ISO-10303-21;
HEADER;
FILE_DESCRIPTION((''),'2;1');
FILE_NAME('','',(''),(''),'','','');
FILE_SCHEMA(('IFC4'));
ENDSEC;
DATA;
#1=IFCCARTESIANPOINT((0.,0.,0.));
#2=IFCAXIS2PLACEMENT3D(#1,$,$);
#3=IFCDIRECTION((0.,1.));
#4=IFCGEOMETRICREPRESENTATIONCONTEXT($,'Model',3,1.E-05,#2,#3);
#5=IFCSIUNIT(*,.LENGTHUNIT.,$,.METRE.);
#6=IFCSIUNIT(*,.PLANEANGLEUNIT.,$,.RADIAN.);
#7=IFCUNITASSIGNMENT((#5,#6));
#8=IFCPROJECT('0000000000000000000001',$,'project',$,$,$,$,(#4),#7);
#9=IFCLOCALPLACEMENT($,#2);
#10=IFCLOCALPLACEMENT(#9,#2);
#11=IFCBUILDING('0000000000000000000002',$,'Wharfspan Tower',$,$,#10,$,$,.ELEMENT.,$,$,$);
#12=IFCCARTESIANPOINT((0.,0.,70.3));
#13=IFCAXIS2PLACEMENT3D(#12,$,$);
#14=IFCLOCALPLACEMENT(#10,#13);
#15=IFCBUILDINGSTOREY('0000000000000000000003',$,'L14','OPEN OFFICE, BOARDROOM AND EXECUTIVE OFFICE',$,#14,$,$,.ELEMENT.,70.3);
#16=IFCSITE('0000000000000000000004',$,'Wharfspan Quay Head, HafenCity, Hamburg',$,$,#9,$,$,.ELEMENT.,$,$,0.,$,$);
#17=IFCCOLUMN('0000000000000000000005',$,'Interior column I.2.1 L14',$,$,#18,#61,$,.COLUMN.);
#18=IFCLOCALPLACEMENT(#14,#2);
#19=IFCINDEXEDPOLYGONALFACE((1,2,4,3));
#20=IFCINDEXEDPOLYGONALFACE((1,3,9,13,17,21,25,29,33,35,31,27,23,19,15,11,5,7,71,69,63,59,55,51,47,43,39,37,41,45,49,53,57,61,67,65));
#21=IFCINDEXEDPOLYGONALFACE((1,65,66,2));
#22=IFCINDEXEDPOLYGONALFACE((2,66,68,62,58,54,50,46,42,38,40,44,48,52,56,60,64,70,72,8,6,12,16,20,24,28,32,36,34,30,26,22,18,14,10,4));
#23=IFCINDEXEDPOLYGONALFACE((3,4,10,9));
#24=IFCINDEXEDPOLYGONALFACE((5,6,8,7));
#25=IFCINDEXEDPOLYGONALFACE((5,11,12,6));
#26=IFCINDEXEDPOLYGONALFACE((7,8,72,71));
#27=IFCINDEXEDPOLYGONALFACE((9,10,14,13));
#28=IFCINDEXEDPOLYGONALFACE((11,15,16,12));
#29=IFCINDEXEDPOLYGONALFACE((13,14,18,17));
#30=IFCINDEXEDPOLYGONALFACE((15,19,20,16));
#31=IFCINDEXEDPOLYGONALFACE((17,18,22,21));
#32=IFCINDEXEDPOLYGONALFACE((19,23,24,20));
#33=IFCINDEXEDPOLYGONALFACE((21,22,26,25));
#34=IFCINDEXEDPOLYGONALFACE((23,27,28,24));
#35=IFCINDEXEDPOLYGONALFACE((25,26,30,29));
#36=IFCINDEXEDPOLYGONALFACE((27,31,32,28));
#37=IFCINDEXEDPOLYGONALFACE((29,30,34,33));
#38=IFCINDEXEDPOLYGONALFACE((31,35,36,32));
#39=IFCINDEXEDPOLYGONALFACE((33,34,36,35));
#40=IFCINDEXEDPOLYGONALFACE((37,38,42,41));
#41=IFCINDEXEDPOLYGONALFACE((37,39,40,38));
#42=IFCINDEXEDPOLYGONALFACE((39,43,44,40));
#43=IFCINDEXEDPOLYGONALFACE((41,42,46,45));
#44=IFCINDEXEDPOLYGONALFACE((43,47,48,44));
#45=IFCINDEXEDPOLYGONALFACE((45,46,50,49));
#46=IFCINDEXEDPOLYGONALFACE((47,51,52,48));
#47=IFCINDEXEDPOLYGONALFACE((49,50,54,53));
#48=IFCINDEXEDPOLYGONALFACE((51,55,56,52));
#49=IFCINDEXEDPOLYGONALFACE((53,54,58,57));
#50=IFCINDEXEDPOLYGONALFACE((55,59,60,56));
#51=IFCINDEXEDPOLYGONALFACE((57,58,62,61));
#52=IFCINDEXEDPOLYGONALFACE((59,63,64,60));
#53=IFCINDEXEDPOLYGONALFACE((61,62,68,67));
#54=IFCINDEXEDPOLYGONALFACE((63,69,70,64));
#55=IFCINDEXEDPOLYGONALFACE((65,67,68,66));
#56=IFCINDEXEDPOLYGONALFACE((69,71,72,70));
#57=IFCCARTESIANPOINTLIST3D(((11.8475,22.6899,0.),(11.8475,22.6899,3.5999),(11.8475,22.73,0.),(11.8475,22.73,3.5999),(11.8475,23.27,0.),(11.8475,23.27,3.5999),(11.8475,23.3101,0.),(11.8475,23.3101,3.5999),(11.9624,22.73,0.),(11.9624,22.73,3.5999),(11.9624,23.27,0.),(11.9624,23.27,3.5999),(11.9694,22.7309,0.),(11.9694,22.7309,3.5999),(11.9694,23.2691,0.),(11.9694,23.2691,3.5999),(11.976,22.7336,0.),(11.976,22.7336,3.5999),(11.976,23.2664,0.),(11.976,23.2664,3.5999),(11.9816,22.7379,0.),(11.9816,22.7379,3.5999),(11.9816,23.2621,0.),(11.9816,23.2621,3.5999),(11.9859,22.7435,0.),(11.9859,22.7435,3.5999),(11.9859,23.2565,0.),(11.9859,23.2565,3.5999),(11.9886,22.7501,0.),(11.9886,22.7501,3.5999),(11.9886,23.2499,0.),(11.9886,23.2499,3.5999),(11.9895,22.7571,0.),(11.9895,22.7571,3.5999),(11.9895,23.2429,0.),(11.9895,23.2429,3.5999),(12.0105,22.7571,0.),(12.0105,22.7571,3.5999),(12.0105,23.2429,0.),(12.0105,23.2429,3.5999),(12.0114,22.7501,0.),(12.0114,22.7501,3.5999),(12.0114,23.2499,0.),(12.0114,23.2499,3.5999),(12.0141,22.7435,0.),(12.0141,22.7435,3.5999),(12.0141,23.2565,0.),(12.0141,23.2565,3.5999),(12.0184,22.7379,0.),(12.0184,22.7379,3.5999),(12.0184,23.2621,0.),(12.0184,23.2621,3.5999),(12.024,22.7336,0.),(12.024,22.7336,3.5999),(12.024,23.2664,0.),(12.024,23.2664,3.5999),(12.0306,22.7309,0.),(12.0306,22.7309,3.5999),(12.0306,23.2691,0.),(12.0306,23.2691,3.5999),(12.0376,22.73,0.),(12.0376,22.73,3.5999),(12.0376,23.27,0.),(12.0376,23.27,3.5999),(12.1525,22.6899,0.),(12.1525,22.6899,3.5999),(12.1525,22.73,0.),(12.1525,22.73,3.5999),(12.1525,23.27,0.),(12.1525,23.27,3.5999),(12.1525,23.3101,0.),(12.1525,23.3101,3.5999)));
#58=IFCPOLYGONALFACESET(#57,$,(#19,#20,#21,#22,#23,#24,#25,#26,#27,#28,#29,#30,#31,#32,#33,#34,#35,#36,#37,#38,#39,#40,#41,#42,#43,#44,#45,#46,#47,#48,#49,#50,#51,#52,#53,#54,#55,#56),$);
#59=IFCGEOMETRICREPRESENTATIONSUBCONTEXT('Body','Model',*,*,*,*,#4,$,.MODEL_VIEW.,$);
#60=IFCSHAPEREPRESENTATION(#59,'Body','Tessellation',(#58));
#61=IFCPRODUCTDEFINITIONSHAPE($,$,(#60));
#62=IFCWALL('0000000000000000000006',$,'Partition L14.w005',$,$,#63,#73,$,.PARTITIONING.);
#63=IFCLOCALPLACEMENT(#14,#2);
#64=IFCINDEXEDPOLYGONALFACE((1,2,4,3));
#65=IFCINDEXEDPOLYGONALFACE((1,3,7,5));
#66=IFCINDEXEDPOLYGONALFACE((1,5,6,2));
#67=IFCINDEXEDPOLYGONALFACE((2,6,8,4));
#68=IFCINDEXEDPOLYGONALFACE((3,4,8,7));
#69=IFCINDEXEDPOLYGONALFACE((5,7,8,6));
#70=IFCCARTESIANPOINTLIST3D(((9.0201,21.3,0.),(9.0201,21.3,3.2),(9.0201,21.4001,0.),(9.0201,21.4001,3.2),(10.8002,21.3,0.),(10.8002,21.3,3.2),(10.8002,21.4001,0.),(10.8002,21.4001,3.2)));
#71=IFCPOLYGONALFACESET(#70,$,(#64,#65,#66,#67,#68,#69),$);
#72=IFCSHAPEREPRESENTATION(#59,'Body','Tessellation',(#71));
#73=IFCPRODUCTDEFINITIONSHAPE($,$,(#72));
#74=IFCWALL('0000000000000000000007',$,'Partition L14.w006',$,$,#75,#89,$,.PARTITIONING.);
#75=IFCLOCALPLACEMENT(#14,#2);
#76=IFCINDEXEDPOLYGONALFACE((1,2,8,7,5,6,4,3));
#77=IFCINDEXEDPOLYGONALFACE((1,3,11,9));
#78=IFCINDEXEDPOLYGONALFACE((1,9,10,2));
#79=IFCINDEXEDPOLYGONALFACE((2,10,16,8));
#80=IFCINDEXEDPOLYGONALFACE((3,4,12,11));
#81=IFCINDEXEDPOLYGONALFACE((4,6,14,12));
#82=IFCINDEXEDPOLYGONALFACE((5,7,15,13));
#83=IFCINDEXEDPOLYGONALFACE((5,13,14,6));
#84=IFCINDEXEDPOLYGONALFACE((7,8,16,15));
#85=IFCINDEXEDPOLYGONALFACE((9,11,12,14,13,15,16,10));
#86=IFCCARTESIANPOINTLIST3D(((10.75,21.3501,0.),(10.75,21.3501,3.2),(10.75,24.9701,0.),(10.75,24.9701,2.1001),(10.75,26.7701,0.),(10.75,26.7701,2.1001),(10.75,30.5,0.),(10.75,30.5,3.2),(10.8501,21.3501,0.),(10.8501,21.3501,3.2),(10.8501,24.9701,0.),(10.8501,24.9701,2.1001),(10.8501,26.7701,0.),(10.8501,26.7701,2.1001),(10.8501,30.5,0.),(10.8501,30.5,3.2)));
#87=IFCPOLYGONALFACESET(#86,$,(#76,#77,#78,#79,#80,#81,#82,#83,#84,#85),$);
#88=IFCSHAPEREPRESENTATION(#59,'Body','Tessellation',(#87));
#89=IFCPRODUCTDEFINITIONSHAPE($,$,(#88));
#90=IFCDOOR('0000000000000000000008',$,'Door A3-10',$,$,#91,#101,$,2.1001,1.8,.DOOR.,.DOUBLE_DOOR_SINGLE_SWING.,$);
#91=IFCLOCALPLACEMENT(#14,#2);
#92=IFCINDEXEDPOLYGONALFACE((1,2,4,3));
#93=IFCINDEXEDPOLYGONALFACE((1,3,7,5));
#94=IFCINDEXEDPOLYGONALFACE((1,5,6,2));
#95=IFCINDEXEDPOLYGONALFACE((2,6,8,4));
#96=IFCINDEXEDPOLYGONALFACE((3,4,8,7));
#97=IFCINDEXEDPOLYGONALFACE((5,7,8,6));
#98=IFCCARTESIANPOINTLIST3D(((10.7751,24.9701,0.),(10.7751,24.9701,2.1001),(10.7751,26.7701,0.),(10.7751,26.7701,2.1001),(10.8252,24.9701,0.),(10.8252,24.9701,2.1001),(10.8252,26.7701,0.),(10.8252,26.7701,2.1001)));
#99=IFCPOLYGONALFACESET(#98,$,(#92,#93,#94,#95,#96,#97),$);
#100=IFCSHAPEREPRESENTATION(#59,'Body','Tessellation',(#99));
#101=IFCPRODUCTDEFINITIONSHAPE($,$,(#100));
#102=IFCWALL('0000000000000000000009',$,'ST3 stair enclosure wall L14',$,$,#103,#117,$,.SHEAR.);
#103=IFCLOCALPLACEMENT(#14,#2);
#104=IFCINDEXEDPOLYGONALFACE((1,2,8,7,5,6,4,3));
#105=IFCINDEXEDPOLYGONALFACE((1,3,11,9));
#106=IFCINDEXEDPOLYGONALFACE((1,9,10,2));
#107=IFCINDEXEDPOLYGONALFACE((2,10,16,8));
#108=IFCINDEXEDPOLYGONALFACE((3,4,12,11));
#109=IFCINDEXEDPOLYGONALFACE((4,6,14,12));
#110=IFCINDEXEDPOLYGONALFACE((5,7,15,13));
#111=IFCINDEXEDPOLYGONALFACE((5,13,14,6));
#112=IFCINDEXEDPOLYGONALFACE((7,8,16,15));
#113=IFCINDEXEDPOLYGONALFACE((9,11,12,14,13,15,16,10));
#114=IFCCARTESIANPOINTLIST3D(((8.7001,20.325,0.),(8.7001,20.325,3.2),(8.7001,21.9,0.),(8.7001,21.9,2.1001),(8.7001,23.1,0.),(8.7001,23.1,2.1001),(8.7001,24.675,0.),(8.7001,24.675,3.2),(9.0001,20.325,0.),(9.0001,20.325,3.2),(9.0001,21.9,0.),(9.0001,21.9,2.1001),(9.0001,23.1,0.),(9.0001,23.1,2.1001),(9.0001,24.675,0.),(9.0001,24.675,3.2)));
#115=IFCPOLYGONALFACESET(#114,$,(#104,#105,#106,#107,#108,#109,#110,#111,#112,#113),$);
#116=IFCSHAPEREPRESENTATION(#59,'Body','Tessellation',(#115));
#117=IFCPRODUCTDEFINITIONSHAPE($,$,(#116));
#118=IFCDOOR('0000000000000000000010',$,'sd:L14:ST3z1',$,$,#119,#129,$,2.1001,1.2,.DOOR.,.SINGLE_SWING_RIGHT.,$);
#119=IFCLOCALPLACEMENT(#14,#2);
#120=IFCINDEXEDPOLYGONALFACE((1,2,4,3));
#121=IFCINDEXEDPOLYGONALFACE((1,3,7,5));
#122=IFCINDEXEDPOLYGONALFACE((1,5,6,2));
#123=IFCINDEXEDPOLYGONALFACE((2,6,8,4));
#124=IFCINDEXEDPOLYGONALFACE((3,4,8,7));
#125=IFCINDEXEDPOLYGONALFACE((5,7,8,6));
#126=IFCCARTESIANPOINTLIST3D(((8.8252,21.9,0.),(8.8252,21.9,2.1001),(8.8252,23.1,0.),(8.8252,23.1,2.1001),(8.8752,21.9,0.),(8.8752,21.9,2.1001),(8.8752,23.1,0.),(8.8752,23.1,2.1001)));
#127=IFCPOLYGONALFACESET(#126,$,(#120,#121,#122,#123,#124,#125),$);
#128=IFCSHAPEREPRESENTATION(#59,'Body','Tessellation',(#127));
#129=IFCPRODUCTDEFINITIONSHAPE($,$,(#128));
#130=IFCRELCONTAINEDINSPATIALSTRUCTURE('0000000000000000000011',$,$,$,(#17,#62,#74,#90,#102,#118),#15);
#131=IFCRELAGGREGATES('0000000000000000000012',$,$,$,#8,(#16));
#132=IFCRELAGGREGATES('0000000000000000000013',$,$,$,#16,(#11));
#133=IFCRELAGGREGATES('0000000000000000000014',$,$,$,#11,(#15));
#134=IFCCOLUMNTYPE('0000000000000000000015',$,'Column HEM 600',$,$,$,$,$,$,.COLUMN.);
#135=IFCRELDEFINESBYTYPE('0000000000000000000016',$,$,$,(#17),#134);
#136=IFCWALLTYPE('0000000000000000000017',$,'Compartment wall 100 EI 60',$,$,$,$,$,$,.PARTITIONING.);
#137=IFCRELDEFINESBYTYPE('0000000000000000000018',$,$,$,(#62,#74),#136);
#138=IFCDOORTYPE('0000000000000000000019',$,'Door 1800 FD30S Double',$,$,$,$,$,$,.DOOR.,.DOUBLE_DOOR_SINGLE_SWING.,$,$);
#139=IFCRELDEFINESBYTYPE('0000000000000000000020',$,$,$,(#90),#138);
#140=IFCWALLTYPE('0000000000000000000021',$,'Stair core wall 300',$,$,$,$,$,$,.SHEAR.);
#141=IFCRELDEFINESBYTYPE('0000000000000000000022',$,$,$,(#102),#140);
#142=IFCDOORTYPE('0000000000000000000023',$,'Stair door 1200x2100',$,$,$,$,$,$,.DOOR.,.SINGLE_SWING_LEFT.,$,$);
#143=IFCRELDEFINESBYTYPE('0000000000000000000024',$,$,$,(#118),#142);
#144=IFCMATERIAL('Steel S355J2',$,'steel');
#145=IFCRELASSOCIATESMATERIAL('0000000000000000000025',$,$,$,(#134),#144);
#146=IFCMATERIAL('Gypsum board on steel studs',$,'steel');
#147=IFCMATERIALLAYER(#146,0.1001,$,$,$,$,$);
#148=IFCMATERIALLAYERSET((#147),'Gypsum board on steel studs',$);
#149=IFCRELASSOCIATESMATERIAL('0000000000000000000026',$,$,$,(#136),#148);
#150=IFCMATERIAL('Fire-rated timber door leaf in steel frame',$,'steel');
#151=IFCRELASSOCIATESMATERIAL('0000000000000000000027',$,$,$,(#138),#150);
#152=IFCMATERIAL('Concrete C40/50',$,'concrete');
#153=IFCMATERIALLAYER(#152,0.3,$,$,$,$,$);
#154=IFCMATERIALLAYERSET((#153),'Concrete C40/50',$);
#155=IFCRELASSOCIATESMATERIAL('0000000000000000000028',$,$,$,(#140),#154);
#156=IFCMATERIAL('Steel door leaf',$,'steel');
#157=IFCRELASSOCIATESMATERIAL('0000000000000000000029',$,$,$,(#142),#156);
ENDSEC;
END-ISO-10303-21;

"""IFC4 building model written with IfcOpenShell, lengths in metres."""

from ifc_helpers import new_model, si_unit, direction, frame, frame_2d, origin, origin_2d, place, context, subcontext, project, spatial, rectangle, i_section, extrude, material, layer, layer_set, material_profile, profile_set, type_object, element, fill, save


model = new_model("IFC4")

# Units and contexts
model_context = context("Model", 3, precision=1e-05, world=origin(), true_north=direction((0.0, 1.0)))
body_context = subcontext(model_context, "Body", "Model", "MODEL_VIEW")
ifc_project = project(units=[si_unit("LENGTHUNIT", "METRE"), si_unit("PLANEANGLEUNIT", "RADIAN")], contexts=[model_context])

# Site, building, storey
site_placement = place(None, origin())
site = spatial("IfcSite", under=ifc_project, at=site_placement, Name="Wharfspan Quay Head, HafenCity, Hamburg", CompositionType="ELEMENT", RefElevation=0.0)
building_placement = place(site_placement, origin())
building = spatial("IfcBuilding", under=site, at=building_placement, Name="Wharfspan Tower", CompositionType="ELEMENT")
storey_placement = place(building_placement, frame((0.0, 0.0, 70.3)))
storey = spatial("IfcBuildingStorey", under=building, at=storey_placement, Name="L14", Description="OPEN OFFICE, BOARDROOM AND EXECUTIVE OFFICE", CompositionType="ELEMENT", Elevation=70.3)

# Column
ifc_material_1 = material(Name="Steel S355J2", Category="steel")
ifc_material_profile = material_profile(ifc_material_1, i_section(OverallWidth=0.3049, OverallDepth=0.6201, WebThickness=0.021, FlangeThickness=0.04, FilletRadius=0.0271, at=origin_2d()))
ifc_profile_set = profile_set([ifc_material_profile], Name="Steel S355J2")
column_type = type_object("IfcColumnType", Name="Column HEM 600", PredefinedType="COLUMN", material=ifc_profile_set)
column_placement = place(storey_placement, frame((12.0, 23.0, 0.0), z_axis=(0.0, 0.0, 1.0), x_axis=(1.0, 0.0, 0.0)))
element("IfcColumn", 1, at=column_placement, inside=storey, type_object=column_type, Name="Interior column I.2.1 L14", PredefinedType="COLUMN", context=body_context, shape_type="SweptSolid", body=[
    extrude(i_section(OverallWidth=0.3049, OverallDepth=0.6201, WebThickness=0.021, FlangeThickness=0.04, FilletRadius=0.0271, at=origin_2d()), origin(), (0.0, 0.0, 1.0), 3.5999),
])

# Wall
ifc_material_2 = material(Name="Gypsum board on steel studs", Category="steel")
ifc_layer_1 = layer(ifc_material_2, 0.1001)
ifc_layer_set_1 = layer_set([ifc_layer_1], Name="Gypsum board on steel studs")
wall_type_1 = type_object("IfcWallType", Name="Compartment wall 100 EI 60", PredefinedType="PARTITIONING", material=ifc_layer_set_1)
wall_1_placement = place(storey_placement, frame((9.02, 21.3501, 0.0), z_axis=(0.0, 0.0, 1.0), x_axis=(1.0, 0.0, 0.0)))
element("IfcWall", 2, at=wall_1_placement, inside=storey, type_object=wall_type_1, Name="Partition L14.w005", PredefinedType="PARTITIONING", context=body_context, shape_type="SweptSolid", body=[
    extrude(rectangle(XDim=1.78, YDim=0.1001, at=frame_2d((0.8901, 0.0))), origin(), (0.0, 0.0, 1.0), 3.2),
])

# Walls, openings, doors
wall_2_placement = place(storey_placement, frame((10.8, 21.3501, 0.0), z_axis=(0.0, 0.0, 1.0), x_axis=(0.0, 1.0, 0.0)))
wall_2 = element("IfcWall", 3, at=wall_2_placement, inside=storey, type_object=wall_type_1, Name="Partition L14.w006", PredefinedType="PARTITIONING", context=body_context, shape_type="SweptSolid", body=[
    extrude(rectangle(XDim=9.1499, YDim=0.1001, at=frame_2d((4.575, 0.0))), origin(), (0.0, 0.0, 1.0), 3.2),
])
opening_1_placement = place(wall_2_placement, frame((3.6201, 0.0, 0.0)))
opening_1 = element("IfcOpeningElement", 4, at=opening_1_placement, cuts=wall_2, PredefinedType="OPENING", context=body_context, shape_type="SweptSolid", body=[
    extrude(rectangle(XDim=1.8, YDim=2.1001, at=frame_2d((0.8999, 1.05))), frame((0.0, 0.0601, 0.0), z_axis=(0.0, -1.0, 0.0), x_axis=(1.0, 0.0, 0.0)), (0.0, 0.0, 1.0), 0.1201),
])
ifc_material_3 = material(Name="Fire-rated timber door leaf in steel frame", Category="steel")
door_type_1 = type_object("IfcDoorType", Name="Door 1800 FD30S Double", OperationType="DOUBLE_DOOR_SINGLE_SWING", PredefinedType="DOOR", material=ifc_material_3)
door_1_placement = place(opening_1_placement, origin())
door_1 = element("IfcDoor", 5, at=door_1_placement, inside=storey, type_object=door_type_1, Name="Door A3-10", OperationType="DOUBLE_DOOR_SINGLE_SWING", OverallHeight=2.1001, OverallWidth=1.8, PredefinedType="DOOR", context=body_context, shape_type="SweptSolid", body=[
    extrude(rectangle(XDim=1.8, YDim=2.1001, at=frame_2d((0.8999, 1.05))), frame((0.0, 0.0249, 0.0), z_axis=(0.0, -1.0, 0.0), x_axis=(1.0, 0.0, 0.0)), (0.0, 0.0, 1.0), 0.05),
])
fill(opening_1, door_1)
ifc_material_4 = material(Name="Concrete C40/50", Category="concrete")
ifc_layer_2 = layer(ifc_material_4, 0.3)
ifc_layer_set_2 = layer_set([ifc_layer_2], Name="Concrete C40/50")
wall_type_2 = type_object("IfcWallType", Name="Stair core wall 300", PredefinedType="SHEAR", material=ifc_layer_set_2)
wall_3_placement = place(storey_placement, frame((8.8501, 20.325, 0.0), z_axis=(0.0, 0.0, 1.0), x_axis=(0.0, 1.0, 0.0)))
wall_3 = element("IfcWall", 6, at=wall_3_placement, inside=storey, type_object=wall_type_2, Name="ST3 stair enclosure wall L14", PredefinedType="SHEAR", context=body_context, shape_type="SweptSolid", body=[
    extrude(rectangle(XDim=4.3501, YDim=0.3, at=frame_2d((2.175, 0.0))), origin(), (0.0, 0.0, 1.0), 3.2),
])
opening_2_placement = place(wall_3_placement, frame((1.575, 0.0, 0.0)))
opening_2 = element("IfcOpeningElement", 7, at=opening_2_placement, cuts=wall_3, PredefinedType="OPENING", context=body_context, shape_type="SweptSolid", body=[
    extrude(rectangle(XDim=1.2, YDim=2.1001, at=frame_2d((0.6001, 1.05))), frame((0.0, 0.1599, 0.0), z_axis=(0.0, -1.0, 0.0), x_axis=(1.0, 0.0, 0.0)), (0.0, 0.0, 1.0), 0.3201),
])
ifc_material_5 = material(Name="Steel door leaf", Category="steel")
door_type_2 = type_object("IfcDoorType", Name="Stair door 1200x2100", OperationType="SINGLE_SWING_LEFT", PredefinedType="DOOR", material=ifc_material_5)
door_2_placement = place(opening_2_placement, origin())
door_2 = element("IfcDoor", 8, at=door_2_placement, inside=storey, type_object=door_type_2, Name="sd:L14:ST3z1", OperationType="SINGLE_SWING_RIGHT", OverallHeight=2.1001, OverallWidth=1.2, PredefinedType="DOOR", context=body_context, shape_type="SweptSolid", body=[
    extrude(rectangle(XDim=1.2, YDim=2.1001, at=frame_2d((0.6001, 1.05))), frame((0.0, 0.0249, 0.0), z_axis=(0.0, -1.0, 0.0), x_axis=(1.0, 0.0, 0.0)), (0.0, 0.0, 1.0), 0.05),
])
fill(opening_2, door_2)

save(model, "model.ifc")
